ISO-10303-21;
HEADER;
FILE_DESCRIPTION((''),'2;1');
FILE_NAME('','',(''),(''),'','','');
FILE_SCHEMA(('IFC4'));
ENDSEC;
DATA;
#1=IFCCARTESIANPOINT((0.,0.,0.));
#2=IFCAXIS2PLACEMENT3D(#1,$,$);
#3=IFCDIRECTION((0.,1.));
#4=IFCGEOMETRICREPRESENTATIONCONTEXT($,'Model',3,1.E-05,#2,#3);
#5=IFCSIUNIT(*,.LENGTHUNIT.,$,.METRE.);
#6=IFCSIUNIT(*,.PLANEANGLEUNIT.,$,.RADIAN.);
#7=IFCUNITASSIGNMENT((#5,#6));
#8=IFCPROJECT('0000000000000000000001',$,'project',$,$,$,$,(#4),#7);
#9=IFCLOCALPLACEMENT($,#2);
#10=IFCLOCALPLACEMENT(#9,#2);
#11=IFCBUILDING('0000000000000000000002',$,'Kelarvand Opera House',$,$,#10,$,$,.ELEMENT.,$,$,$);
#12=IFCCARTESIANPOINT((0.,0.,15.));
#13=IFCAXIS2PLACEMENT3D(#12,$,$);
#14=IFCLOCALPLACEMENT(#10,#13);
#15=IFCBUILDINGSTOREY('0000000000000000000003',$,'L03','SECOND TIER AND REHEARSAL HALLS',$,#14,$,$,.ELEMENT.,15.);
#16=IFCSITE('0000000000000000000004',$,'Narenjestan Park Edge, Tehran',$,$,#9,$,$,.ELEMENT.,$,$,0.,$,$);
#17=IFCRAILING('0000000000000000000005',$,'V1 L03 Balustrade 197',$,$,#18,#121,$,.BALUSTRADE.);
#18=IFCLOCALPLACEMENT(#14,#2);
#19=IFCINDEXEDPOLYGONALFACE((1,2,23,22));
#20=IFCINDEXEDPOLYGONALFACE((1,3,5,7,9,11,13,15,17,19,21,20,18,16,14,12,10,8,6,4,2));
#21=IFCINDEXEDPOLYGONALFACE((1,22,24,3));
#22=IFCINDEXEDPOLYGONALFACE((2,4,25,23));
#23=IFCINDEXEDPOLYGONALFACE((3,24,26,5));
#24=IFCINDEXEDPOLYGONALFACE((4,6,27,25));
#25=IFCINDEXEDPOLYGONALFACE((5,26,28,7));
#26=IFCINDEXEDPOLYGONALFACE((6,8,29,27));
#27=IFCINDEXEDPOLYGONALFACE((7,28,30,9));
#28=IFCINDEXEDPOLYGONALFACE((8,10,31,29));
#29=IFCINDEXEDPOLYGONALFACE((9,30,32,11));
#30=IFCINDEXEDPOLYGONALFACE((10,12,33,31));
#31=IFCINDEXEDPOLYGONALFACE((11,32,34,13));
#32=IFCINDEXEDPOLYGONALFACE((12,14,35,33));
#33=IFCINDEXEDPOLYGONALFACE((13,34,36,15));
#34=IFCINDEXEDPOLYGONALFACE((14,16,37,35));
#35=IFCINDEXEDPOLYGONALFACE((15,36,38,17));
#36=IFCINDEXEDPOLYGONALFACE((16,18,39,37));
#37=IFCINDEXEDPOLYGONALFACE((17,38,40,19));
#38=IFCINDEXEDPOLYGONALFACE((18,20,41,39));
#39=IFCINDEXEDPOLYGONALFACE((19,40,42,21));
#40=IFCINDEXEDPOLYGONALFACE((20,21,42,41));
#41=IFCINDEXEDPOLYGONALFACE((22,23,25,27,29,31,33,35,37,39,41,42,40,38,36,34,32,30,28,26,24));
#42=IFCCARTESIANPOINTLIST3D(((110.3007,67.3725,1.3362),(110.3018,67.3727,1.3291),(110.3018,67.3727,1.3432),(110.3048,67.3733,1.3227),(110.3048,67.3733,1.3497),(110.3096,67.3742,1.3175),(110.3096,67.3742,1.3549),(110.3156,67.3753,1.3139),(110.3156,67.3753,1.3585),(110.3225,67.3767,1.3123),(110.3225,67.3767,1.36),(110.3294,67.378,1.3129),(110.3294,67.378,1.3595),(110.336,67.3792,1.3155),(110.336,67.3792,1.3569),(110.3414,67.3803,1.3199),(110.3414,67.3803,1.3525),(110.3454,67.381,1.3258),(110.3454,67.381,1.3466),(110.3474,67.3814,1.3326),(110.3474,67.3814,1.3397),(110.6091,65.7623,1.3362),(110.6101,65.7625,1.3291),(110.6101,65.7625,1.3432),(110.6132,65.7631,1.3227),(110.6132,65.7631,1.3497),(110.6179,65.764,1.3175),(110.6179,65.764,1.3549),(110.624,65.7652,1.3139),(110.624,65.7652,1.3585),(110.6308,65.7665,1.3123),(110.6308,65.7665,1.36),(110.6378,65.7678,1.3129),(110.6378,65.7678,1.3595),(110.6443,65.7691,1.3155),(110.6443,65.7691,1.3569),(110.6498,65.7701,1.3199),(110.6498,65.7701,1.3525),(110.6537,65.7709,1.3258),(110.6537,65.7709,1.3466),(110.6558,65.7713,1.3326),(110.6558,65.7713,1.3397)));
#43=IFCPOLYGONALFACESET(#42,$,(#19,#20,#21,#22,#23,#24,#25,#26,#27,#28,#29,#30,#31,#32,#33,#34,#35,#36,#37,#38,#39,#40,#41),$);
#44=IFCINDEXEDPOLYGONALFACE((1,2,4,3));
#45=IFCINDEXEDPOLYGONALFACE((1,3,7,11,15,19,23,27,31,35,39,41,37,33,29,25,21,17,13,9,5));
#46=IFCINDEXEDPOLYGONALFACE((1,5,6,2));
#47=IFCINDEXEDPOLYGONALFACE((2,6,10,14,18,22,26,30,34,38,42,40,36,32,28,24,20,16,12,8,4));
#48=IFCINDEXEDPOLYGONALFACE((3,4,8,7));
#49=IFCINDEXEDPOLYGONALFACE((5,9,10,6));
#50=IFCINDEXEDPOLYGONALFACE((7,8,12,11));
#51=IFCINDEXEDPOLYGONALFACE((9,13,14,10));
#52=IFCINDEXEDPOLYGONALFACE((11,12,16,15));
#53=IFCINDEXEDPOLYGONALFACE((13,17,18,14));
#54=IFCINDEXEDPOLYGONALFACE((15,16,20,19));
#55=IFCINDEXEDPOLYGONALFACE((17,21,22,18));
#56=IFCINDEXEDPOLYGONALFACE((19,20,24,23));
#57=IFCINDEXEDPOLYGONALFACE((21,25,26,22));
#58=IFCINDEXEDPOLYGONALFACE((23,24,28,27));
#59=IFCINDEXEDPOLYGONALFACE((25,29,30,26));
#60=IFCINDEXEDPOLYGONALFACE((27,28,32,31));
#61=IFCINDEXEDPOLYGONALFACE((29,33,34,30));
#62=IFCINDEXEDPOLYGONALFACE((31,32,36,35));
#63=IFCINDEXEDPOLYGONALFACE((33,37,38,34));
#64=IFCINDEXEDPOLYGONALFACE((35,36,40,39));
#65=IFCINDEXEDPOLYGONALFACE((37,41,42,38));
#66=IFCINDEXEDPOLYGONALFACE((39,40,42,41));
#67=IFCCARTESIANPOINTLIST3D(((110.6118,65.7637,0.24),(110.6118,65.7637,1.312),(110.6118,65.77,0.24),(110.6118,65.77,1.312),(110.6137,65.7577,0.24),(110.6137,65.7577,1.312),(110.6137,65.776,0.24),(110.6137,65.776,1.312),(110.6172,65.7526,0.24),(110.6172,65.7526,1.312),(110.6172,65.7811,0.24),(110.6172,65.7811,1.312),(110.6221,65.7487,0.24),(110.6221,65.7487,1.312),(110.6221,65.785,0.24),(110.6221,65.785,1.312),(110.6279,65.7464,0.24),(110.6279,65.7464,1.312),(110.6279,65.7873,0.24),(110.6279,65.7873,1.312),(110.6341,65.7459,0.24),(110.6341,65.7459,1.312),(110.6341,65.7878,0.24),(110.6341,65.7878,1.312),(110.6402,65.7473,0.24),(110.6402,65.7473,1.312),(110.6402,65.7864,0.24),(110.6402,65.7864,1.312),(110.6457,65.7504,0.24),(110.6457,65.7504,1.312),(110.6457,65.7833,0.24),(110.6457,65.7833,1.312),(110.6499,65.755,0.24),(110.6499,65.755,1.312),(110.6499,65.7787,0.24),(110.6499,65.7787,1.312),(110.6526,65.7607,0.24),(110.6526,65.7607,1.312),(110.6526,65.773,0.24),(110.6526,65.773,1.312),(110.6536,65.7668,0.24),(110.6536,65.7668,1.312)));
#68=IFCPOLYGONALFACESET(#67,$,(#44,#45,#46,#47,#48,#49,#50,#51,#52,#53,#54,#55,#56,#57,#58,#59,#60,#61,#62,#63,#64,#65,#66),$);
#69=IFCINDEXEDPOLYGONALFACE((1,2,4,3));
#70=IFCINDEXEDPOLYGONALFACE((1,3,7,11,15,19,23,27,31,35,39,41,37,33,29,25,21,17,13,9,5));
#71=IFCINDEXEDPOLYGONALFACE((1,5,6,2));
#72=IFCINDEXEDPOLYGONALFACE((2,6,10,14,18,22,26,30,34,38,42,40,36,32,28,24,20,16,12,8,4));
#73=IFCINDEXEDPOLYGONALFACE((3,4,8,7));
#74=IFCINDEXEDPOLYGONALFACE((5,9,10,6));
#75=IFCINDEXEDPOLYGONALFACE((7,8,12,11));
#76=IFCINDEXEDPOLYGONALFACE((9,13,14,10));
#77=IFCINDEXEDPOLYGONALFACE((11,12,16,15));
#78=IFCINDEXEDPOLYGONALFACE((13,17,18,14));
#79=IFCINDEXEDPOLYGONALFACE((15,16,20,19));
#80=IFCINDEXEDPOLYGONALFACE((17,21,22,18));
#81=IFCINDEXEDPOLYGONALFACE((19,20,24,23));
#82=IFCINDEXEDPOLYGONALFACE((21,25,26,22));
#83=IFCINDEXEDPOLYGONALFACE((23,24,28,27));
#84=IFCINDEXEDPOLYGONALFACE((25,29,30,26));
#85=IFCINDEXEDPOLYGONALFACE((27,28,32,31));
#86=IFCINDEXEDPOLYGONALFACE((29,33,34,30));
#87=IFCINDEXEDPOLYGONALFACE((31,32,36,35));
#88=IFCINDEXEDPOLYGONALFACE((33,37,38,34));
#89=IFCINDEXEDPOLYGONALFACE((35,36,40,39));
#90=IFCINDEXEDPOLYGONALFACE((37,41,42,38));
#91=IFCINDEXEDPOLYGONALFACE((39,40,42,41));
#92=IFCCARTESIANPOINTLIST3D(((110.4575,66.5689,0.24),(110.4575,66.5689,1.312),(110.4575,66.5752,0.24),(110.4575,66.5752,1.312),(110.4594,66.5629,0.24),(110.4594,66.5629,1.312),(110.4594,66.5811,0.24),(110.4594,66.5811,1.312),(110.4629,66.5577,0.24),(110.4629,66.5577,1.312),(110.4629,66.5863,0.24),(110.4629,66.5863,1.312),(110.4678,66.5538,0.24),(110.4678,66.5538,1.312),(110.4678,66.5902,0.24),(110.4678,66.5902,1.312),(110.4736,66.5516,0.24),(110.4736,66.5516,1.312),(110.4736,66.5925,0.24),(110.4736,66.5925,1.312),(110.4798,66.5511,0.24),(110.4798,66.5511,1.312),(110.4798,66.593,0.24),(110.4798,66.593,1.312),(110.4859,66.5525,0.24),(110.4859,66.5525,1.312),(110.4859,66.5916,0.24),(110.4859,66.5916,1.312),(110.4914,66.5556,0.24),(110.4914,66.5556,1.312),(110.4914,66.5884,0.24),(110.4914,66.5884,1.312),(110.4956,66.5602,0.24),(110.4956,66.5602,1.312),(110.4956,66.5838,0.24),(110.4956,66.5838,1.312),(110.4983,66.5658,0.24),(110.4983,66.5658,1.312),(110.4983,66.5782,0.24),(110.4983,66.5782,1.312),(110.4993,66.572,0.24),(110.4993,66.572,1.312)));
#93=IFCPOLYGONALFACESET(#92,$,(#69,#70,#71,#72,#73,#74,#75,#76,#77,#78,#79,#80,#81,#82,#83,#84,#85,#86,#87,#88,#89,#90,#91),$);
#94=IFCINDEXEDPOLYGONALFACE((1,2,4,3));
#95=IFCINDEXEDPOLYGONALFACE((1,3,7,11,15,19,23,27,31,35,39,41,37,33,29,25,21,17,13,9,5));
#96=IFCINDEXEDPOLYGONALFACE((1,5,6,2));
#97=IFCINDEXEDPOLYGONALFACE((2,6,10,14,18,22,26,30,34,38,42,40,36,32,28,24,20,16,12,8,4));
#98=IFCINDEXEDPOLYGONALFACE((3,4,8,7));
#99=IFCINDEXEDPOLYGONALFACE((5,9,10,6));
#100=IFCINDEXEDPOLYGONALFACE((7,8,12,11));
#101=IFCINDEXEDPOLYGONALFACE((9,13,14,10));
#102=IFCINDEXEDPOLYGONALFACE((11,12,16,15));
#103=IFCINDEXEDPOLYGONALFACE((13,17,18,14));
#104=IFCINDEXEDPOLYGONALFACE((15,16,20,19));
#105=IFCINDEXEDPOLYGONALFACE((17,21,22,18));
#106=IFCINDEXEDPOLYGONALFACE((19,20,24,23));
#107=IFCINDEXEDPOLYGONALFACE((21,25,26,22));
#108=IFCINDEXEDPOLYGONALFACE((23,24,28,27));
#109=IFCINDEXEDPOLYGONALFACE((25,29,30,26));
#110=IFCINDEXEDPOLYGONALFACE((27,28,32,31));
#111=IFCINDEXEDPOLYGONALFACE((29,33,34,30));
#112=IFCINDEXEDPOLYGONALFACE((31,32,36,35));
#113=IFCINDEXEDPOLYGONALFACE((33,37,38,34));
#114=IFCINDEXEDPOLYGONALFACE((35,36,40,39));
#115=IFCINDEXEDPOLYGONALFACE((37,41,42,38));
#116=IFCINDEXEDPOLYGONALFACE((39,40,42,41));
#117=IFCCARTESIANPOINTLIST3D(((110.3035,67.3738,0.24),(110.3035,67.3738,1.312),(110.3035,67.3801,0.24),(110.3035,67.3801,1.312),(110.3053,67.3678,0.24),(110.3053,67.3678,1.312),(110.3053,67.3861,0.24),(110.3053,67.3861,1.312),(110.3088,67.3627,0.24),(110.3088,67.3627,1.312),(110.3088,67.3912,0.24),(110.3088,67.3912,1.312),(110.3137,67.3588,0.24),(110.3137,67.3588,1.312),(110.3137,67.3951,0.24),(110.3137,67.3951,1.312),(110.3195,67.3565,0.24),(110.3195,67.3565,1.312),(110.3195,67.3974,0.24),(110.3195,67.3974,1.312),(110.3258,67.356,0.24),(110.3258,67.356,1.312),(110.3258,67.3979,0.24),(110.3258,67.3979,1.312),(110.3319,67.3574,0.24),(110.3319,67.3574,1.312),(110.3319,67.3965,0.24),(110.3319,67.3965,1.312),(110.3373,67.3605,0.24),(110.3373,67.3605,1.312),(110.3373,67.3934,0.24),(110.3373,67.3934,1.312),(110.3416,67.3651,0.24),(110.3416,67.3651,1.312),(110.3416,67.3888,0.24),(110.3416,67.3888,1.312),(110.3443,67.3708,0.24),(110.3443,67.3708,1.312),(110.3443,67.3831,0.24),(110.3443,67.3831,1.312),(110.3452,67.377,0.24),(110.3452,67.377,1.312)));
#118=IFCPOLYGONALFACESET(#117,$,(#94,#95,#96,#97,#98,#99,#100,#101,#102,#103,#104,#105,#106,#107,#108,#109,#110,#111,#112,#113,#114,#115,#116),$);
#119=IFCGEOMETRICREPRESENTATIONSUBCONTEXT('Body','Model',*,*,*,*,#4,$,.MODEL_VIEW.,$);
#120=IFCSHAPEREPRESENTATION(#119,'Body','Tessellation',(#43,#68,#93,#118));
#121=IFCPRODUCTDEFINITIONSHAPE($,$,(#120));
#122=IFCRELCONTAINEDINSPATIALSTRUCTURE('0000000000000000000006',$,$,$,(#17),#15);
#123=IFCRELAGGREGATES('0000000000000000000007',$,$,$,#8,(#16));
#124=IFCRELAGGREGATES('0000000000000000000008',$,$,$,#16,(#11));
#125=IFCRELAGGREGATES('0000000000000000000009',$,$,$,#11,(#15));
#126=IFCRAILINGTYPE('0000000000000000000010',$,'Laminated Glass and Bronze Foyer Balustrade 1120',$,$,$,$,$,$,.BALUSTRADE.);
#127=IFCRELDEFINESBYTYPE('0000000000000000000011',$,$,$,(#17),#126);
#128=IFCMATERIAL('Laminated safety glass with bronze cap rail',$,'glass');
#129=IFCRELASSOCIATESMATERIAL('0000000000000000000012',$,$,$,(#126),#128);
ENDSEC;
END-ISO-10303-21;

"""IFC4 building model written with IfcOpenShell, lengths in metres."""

from ifc_helpers import new_model, si_unit, direction, frame, origin, origin_2d, place, context, subcontext, project, spatial, circle, extrude, material, type_object, element, save


model = new_model("IFC4")

# Units and contexts
model_context = context("Model", 3, precision=1e-05, world=origin(), true_north=direction((0.0, 1.0)))
body_context = subcontext(model_context, "Body", "Model", "MODEL_VIEW")
ifc_project = project(units=[si_unit("LENGTHUNIT", "METRE"), si_unit("PLANEANGLEUNIT", "RADIAN")], contexts=[model_context])

# Site, building, storey
site_placement = place(None, origin())
site = spatial("IfcSite", under=ifc_project, at=site_placement, Name="Narenjestan Park Edge, Tehran", CompositionType="ELEMENT", RefElevation=0.0)
building_placement = place(site_placement, origin())
building = spatial("IfcBuilding", under=site, at=building_placement, Name="Kelarvand Opera House", CompositionType="ELEMENT")
storey_placement = place(building_placement, frame((0.0, 0.0, 15.0)))
storey = spatial("IfcBuildingStorey", under=building, at=storey_placement, Name="L03", Description="SECOND TIER AND REHEARSAL HALLS", CompositionType="ELEMENT", Elevation=15.0)

# Railing
ifc_material_1 = material(Name="Laminated safety glass with bronze cap rail", Category="glass")
railing_type = type_object("IfcRailingType", Name="Laminated Glass and Bronze Foyer Balustrade 1120", PredefinedType="BALUSTRADE", material=ifc_material_1)
railing_1_placement = place(storey_placement, frame((110.6326, 65.7668, 0.24)))
element("IfcRailing", 1, at=railing_1_placement, inside=storey, type_object=railing_type, Name="V1 L03 Balustrade 197", PredefinedType="BALUSTRADE", context=body_context, shape_type="SweptSolid", body=[
    extrude(circle(Radius=0.0239, at=origin_2d()), frame((0.0, 0.0, 1.0962), z_axis=(-0.188091, 0.982152, 0.0), x_axis=(-0.982152, -0.188091, 0.0)), (0.0, 0.0, 1.0), 1.6394),
    extrude(circle(Radius=0.021, at=origin_2d()), origin(), (0.0, 0.0, 1.0), 1.072),
    extrude(circle(Radius=0.021, at=origin_2d()), frame((-0.1543, 0.8052, 0.0)), (0.0, 0.0, 1.0), 1.072),
    extrude(circle(Radius=0.021, at=origin_2d()), frame((-0.3083, 1.6101, 0.0)), (0.0, 0.0, 1.0), 1.072),
])

save(model, "model.ifc")
